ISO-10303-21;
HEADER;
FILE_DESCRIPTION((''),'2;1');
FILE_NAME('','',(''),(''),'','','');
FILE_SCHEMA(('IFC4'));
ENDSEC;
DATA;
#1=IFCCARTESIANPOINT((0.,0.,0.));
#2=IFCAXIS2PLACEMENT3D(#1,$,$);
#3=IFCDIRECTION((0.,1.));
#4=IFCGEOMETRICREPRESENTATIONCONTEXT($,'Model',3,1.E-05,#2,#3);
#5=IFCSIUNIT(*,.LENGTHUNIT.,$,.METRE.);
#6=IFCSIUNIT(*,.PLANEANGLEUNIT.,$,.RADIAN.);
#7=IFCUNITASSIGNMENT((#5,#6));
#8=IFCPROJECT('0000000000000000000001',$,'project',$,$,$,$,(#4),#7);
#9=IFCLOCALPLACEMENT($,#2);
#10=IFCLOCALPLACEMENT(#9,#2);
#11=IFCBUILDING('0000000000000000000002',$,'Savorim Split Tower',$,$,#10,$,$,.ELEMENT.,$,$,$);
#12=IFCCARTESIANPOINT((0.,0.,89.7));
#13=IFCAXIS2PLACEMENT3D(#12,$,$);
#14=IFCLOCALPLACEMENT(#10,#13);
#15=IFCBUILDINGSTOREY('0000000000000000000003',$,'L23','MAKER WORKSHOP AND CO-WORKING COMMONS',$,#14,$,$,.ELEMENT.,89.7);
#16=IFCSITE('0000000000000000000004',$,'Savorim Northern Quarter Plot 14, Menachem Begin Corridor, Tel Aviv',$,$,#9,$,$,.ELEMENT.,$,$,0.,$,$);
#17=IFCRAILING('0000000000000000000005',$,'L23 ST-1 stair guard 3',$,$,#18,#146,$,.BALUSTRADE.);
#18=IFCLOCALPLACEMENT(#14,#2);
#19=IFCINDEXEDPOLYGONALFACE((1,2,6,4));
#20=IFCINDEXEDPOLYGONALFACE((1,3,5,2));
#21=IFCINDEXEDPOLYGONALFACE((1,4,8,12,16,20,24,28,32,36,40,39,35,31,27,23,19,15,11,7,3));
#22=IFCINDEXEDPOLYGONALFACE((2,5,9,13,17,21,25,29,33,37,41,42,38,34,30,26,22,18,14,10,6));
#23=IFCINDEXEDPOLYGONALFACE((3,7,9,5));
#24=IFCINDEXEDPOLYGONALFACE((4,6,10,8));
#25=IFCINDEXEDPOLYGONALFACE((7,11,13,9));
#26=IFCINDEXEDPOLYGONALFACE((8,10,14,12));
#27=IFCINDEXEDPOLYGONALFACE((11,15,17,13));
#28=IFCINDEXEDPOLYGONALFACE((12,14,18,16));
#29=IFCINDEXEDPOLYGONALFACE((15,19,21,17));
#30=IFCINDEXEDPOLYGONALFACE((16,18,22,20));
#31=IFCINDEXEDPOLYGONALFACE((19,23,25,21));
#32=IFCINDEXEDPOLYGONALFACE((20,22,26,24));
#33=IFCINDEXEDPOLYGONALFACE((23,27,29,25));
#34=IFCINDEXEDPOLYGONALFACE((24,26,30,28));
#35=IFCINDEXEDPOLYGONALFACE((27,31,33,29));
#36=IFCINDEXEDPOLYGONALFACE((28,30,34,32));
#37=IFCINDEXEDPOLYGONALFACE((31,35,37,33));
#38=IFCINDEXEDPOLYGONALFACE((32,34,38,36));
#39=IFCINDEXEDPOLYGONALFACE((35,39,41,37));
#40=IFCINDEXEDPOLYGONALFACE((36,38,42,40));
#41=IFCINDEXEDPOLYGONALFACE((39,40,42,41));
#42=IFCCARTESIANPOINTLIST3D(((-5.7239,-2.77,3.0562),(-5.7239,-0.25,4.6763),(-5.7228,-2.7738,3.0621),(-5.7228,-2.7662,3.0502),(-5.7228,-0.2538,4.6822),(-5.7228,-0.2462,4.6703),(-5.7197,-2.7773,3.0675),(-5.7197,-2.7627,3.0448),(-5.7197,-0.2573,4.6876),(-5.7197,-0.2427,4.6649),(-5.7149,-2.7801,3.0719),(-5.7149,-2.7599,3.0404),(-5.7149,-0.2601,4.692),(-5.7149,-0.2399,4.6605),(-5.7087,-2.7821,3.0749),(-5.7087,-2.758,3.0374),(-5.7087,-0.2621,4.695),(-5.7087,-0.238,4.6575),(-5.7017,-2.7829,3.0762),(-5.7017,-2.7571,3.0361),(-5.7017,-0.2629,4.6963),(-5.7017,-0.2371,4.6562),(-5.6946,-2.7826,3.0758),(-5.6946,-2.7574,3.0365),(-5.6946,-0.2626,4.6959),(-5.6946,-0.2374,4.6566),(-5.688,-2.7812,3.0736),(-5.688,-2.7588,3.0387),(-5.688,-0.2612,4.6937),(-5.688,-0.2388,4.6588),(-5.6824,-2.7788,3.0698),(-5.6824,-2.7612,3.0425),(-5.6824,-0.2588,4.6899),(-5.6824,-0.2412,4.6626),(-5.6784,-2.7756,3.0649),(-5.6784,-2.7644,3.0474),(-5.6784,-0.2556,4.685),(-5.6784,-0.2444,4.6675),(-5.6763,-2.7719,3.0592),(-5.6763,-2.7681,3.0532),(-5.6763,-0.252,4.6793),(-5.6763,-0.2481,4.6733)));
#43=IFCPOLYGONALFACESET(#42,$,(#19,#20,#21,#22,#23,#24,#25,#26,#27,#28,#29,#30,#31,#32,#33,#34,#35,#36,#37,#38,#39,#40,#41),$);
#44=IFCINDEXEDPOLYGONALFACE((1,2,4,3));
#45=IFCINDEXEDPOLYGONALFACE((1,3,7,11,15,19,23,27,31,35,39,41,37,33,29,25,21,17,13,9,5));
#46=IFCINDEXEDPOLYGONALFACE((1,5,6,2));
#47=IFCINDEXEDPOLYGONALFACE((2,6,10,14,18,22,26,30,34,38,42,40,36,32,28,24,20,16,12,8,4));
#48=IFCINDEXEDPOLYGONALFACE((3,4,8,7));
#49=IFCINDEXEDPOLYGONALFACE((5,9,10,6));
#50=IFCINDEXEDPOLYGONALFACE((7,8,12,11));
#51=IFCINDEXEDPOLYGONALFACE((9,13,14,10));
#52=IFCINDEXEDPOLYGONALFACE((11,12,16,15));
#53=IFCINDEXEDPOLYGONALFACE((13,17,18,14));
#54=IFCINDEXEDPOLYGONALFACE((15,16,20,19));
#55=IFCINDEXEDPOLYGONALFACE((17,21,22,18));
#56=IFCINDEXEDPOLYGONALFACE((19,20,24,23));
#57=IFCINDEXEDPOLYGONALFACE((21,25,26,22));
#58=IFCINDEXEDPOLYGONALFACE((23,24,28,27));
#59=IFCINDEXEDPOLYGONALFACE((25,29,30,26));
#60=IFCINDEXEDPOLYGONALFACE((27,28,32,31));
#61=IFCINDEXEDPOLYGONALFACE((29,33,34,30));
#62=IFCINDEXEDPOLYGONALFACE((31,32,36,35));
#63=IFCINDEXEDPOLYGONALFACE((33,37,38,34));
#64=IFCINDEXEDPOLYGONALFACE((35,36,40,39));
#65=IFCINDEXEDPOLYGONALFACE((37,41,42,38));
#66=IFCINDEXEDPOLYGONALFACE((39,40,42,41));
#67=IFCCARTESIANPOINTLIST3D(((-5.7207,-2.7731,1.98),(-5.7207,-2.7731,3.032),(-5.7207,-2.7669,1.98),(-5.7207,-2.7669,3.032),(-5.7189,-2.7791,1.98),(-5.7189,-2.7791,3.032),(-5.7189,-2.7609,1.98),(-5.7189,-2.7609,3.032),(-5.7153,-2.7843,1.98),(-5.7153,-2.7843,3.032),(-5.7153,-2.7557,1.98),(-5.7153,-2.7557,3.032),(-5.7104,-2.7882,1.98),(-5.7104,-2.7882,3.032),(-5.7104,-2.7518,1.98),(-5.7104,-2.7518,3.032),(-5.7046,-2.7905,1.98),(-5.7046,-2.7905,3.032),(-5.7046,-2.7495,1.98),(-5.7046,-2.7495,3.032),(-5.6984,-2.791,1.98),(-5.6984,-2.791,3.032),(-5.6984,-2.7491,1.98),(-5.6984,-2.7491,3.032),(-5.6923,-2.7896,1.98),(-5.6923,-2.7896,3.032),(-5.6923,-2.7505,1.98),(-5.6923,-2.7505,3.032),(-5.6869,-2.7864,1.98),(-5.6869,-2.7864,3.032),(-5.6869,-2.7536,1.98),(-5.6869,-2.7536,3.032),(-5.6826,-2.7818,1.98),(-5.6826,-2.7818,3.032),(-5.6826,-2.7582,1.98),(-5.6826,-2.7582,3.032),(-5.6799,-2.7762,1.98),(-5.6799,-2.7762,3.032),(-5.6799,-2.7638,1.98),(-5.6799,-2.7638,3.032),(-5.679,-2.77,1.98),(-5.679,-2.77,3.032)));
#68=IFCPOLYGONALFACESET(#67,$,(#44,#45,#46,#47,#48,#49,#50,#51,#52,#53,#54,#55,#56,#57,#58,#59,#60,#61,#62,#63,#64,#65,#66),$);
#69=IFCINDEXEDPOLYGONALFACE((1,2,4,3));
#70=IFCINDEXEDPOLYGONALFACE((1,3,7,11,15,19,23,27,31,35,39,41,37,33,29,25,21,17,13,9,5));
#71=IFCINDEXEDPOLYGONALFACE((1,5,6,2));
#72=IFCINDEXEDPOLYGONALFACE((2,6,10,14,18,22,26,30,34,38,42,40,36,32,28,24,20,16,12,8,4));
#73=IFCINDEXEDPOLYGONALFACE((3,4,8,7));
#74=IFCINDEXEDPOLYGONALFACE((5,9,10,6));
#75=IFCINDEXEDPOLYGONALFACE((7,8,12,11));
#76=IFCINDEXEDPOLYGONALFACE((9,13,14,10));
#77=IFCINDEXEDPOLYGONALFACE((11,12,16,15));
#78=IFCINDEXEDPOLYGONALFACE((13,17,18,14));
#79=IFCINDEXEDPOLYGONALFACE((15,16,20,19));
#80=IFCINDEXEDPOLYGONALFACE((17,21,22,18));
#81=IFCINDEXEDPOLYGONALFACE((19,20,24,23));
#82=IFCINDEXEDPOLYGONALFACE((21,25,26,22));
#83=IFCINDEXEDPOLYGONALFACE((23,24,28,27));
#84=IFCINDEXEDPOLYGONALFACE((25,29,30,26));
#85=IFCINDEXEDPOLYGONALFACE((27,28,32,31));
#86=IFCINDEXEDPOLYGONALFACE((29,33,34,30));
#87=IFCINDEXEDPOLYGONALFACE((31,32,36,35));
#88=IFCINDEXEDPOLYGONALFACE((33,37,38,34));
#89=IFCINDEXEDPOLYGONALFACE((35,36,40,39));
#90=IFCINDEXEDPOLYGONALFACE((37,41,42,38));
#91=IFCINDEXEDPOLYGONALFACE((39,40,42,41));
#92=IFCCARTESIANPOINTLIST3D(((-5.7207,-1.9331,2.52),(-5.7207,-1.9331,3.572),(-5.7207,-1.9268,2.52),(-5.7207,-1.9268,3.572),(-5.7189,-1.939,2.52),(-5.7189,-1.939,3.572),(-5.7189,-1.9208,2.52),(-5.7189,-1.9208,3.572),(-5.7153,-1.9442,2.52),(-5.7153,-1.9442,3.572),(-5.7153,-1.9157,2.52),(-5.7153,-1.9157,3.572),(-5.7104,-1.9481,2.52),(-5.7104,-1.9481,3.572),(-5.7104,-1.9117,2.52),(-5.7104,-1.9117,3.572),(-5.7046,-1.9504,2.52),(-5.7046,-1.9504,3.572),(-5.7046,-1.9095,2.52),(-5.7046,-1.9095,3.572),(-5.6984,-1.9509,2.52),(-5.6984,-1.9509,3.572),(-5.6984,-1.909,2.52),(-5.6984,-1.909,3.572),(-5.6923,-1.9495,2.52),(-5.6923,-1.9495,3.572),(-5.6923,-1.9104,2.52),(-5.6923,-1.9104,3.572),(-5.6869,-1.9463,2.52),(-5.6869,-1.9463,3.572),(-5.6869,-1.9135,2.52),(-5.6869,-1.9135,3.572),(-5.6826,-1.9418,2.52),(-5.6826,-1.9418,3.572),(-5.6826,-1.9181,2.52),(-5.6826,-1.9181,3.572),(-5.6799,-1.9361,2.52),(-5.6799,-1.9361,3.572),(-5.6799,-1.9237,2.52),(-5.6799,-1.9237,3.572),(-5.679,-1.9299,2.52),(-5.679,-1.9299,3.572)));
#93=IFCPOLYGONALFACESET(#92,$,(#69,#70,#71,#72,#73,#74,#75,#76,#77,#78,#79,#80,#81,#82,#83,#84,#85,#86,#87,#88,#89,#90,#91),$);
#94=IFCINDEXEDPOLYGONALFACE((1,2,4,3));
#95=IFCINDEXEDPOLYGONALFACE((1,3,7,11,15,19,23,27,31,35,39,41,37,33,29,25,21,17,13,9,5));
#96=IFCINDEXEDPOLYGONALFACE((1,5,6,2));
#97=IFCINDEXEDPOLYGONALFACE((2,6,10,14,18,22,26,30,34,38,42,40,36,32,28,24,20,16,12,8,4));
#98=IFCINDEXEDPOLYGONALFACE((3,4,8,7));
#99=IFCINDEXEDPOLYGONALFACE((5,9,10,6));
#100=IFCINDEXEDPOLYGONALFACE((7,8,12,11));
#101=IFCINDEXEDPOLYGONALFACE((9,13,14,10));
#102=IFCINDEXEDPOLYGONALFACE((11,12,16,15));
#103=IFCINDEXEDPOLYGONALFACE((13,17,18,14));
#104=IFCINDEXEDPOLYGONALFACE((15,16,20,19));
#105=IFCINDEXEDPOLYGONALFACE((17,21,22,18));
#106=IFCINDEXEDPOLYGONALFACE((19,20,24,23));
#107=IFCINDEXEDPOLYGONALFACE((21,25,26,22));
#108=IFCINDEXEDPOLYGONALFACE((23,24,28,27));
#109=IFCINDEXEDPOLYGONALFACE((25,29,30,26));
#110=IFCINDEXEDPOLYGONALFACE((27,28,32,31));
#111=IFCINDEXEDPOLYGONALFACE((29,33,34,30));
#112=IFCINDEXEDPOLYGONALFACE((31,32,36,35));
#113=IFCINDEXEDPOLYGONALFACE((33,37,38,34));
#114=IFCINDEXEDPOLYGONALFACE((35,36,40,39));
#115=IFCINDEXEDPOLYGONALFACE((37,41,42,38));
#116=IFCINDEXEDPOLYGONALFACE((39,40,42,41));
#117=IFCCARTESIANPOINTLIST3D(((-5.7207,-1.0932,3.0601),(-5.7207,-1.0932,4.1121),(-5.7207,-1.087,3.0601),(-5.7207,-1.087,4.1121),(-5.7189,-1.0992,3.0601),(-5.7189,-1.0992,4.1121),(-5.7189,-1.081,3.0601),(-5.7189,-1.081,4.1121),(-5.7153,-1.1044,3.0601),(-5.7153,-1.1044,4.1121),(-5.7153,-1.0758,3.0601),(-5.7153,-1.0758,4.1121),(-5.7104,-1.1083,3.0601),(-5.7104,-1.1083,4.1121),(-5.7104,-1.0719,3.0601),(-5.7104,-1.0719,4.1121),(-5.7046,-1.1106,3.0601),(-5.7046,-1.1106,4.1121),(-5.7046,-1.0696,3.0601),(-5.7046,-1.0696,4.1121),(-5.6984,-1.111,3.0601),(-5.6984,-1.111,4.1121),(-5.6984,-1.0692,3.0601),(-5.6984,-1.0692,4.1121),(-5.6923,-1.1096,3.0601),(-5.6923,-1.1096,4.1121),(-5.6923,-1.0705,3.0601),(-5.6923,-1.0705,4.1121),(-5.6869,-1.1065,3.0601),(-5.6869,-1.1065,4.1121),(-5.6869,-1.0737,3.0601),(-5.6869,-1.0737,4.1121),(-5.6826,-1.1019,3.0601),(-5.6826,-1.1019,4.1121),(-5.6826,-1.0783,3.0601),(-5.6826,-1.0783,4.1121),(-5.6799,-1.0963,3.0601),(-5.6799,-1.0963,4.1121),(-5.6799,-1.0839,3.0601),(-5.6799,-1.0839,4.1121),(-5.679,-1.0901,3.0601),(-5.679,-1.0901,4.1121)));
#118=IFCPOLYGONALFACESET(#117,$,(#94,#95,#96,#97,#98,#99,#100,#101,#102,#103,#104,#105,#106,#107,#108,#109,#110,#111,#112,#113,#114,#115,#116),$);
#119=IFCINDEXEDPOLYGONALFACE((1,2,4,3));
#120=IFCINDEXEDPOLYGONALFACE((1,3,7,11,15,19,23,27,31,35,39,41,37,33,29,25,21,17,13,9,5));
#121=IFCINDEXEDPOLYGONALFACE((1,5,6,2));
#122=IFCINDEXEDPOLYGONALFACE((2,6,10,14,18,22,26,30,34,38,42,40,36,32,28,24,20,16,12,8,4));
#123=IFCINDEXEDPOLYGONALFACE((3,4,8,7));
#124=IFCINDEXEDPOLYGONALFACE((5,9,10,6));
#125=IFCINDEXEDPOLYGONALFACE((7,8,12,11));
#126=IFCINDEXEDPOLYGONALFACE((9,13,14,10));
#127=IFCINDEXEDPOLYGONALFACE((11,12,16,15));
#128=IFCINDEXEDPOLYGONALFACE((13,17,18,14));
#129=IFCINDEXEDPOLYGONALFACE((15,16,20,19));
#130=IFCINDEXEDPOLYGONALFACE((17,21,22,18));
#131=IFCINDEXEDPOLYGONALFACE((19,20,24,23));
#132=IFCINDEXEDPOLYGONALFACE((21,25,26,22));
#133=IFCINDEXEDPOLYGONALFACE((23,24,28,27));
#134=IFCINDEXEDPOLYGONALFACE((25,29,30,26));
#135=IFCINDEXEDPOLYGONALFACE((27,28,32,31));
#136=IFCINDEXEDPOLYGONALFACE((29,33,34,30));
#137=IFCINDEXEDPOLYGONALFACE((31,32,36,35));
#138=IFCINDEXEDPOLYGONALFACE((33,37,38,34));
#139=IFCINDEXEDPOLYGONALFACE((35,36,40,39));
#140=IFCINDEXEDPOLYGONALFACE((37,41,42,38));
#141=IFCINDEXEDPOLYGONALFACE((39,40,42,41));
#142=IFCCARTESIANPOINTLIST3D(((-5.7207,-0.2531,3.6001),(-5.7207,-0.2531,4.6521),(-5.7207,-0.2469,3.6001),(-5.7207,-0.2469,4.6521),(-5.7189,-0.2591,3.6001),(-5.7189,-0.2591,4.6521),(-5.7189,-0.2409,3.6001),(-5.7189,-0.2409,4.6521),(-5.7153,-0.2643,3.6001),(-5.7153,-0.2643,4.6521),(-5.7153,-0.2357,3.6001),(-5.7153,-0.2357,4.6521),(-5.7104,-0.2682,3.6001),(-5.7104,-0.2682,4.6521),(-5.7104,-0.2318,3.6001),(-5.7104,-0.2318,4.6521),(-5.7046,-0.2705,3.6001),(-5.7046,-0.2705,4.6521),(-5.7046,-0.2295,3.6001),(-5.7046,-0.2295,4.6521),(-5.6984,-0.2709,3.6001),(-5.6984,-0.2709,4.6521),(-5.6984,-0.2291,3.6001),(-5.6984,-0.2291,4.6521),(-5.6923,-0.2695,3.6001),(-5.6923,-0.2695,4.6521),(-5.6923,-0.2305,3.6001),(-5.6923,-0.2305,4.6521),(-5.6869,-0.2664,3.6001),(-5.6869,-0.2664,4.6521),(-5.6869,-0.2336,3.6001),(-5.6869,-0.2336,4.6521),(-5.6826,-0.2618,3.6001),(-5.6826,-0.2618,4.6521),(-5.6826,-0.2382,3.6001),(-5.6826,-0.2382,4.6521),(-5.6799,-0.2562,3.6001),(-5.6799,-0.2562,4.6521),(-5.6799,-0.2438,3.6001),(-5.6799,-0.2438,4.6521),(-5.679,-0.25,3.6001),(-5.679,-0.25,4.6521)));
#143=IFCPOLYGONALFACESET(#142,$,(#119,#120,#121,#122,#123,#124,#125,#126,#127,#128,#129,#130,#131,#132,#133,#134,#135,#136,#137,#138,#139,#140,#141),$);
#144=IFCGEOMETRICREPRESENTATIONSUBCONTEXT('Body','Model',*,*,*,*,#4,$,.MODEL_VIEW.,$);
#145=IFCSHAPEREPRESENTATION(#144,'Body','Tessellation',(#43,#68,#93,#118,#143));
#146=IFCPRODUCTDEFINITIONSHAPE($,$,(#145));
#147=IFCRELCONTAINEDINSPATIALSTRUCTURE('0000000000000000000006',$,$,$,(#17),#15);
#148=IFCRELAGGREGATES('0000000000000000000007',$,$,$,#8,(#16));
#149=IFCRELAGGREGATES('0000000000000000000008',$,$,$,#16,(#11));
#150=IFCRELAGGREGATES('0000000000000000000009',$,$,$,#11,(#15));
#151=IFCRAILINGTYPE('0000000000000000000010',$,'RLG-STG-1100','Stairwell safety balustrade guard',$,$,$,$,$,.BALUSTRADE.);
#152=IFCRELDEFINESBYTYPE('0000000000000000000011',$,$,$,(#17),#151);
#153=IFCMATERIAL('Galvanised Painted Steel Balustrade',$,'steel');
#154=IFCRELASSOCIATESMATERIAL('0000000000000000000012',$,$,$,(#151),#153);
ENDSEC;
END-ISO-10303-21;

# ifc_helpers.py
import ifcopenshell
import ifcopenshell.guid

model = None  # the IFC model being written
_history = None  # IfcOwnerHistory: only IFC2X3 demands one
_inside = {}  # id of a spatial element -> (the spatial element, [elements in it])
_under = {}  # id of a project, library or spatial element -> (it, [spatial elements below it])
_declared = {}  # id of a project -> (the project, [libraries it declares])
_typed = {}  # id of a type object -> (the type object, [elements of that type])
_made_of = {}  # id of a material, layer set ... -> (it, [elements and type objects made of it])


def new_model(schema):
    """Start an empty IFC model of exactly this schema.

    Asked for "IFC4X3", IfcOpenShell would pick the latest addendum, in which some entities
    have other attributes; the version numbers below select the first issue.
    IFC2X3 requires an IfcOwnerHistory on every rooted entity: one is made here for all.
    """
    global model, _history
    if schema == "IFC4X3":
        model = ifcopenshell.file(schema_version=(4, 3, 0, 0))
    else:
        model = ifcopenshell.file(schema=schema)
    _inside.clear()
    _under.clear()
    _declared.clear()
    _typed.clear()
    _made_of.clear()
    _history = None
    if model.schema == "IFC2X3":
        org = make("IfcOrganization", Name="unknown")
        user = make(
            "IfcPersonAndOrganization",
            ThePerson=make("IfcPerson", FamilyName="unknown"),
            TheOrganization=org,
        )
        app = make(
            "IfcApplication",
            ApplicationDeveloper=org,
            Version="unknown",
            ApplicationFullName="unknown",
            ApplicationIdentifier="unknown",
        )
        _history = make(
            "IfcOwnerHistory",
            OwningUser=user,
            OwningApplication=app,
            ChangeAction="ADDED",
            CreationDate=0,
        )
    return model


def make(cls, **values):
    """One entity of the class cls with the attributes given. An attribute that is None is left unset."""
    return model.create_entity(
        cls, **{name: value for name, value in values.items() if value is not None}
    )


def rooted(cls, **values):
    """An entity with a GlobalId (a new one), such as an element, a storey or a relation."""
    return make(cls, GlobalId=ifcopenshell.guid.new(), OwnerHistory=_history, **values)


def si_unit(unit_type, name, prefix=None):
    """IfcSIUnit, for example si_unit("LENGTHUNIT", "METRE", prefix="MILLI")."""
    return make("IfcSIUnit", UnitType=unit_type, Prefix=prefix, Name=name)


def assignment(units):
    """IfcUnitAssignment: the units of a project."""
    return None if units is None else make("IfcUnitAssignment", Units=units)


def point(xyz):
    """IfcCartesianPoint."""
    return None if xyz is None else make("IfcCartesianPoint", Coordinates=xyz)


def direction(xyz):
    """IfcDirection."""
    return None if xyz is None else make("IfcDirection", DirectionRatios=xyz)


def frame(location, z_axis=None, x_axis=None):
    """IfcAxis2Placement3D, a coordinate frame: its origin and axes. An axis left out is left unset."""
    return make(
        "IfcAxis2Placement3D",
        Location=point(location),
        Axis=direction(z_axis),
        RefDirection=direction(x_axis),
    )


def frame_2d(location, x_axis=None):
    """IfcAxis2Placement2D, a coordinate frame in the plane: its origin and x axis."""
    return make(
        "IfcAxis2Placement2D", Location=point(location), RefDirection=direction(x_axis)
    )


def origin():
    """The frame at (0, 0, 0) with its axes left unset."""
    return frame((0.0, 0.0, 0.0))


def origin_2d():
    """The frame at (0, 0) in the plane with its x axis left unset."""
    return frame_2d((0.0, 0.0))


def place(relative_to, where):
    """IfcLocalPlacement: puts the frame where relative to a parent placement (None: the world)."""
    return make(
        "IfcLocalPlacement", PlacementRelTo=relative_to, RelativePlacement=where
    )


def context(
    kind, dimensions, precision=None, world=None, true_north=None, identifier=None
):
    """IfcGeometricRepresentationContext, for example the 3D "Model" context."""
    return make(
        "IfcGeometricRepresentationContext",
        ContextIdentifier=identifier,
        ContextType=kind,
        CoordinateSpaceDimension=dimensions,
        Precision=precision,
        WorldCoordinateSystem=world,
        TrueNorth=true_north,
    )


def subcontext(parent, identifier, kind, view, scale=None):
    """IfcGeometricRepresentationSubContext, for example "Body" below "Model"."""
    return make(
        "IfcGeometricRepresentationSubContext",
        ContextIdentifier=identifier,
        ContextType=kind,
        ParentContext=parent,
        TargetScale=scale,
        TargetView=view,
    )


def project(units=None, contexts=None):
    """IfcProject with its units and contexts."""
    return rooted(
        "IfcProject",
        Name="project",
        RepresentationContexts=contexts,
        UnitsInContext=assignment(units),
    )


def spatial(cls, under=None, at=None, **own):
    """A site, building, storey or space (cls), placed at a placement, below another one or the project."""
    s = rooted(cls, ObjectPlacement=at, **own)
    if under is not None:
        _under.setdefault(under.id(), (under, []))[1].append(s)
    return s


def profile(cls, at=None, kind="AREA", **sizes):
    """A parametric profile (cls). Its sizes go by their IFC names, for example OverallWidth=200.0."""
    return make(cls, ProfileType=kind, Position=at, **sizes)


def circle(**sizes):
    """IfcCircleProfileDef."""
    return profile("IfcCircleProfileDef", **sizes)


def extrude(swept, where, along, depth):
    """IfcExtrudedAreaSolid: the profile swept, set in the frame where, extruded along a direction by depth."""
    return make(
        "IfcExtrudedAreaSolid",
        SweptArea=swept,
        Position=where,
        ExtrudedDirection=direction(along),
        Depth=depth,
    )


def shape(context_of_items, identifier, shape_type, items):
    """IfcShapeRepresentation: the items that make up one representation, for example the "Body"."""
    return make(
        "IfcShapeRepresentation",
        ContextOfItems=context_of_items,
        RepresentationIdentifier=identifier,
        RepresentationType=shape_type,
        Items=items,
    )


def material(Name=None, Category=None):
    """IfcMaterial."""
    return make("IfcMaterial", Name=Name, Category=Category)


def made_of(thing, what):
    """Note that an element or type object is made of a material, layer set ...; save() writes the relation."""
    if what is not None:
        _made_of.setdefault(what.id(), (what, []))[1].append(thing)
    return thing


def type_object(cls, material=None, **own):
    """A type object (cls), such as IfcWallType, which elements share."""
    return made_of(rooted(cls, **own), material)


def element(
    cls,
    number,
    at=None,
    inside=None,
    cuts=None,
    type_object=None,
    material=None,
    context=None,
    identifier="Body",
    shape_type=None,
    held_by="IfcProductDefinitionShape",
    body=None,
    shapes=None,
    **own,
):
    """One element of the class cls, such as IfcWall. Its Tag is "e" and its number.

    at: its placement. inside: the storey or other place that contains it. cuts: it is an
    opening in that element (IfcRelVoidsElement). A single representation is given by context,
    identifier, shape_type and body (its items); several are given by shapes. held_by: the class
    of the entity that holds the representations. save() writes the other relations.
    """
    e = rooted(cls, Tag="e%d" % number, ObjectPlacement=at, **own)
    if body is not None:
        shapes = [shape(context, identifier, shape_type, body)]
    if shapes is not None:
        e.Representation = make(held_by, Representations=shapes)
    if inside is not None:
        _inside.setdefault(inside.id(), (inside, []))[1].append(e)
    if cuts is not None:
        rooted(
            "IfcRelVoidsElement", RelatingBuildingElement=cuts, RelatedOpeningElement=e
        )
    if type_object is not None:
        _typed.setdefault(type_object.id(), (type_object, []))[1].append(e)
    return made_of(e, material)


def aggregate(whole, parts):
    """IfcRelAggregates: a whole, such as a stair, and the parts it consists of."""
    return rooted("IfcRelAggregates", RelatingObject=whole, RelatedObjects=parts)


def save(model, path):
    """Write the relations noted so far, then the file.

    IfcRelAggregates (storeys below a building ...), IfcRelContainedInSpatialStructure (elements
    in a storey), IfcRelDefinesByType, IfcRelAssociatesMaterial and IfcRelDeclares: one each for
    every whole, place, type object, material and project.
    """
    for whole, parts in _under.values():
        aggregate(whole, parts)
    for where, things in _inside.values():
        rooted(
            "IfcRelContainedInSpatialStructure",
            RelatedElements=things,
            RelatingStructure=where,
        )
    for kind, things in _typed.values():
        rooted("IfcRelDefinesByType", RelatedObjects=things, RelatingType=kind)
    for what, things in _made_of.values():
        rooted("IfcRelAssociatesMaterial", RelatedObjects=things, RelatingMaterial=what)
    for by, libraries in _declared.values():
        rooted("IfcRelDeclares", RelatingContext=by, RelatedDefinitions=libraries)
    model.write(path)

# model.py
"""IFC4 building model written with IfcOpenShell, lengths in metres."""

from ifc_helpers import new_model, si_unit, direction, frame, origin, origin_2d, place, context, subcontext, project, spatial, circle, extrude, material, type_object, element, save


model = new_model("IFC4")

# Units and contexts
model_context = context("Model", 3, precision=1e-05, world=origin(), true_north=direction((0.0, 1.0)))
body_context = subcontext(model_context, "Body", "Model", "MODEL_VIEW")
ifc_project = project(units=[si_unit("LENGTHUNIT", "METRE"), si_unit("PLANEANGLEUNIT", "RADIAN")], contexts=[model_context])

# Site, building, storey
site_placement = place(None, origin())
site = spatial("IfcSite", under=ifc_project, at=site_placement, Name="Savorim Northern Quarter Plot 14, Menachem Begin Corridor, Tel Aviv", CompositionType="ELEMENT", RefElevation=0.0)
building_placement = place(site_placement, origin())
building = spatial("IfcBuilding", under=site, at=building_placement, Name="Savorim Split Tower", CompositionType="ELEMENT")
storey_placement = place(building_placement, frame((0.0, 0.0, 89.7)))
storey = spatial("IfcBuildingStorey", under=building, at=storey_placement, Name="L23", Description="MAKER WORKSHOP AND CO-WORKING COMMONS", CompositionType="ELEMENT", Elevation=89.7)

# Railing
ifc_material_1 = material(Name="Galvanised Painted Steel Balustrade", Category="steel")
railing_type_1 = type_object("IfcRailingType", Name="RLG-STG-1100", Description="Stairwell safety balustrade guard", PredefinedType="BALUSTRADE", material=ifc_material_1)
railing_1_placement = place(storey_placement, frame((-5.7, -2.77, 1.98)))
element("IfcRailing", 1, at=railing_1_placement, inside=storey, type_object=railing_type_1, Name="L23 ST-1 stair guard 3", PredefinedType="BALUSTRADE", context=body_context, shape_type="SweptSolid", body=[
    extrude(circle(Radius=0.0239, at=origin_2d()), frame((0.0, 0.0, 1.0762), z_axis=(0.0, 0.841163, 0.540782), x_axis=(-1.0, 0.0, 0.0)), (0.0, 0.0, 1.0), 2.9958),
    extrude(circle(Radius=0.021, at=origin_2d()), origin(), (0.0, 0.0, 1.0), 1.052),
    extrude(circle(Radius=0.021, at=origin_2d()), frame((0.0, 0.8401, 0.54)), (0.0, 0.0, 1.0), 1.052),
    extrude(circle(Radius=0.021, at=origin_2d()), frame((0.0, 1.6799, 1.0801)), (0.0, 0.0, 1.0), 1.052),
    extrude(circle(Radius=0.021, at=origin_2d()), frame((0.0, 2.52, 1.6201)), (0.0, 0.0, 1.0), 1.052),
])

save(model, "model.ifc")
